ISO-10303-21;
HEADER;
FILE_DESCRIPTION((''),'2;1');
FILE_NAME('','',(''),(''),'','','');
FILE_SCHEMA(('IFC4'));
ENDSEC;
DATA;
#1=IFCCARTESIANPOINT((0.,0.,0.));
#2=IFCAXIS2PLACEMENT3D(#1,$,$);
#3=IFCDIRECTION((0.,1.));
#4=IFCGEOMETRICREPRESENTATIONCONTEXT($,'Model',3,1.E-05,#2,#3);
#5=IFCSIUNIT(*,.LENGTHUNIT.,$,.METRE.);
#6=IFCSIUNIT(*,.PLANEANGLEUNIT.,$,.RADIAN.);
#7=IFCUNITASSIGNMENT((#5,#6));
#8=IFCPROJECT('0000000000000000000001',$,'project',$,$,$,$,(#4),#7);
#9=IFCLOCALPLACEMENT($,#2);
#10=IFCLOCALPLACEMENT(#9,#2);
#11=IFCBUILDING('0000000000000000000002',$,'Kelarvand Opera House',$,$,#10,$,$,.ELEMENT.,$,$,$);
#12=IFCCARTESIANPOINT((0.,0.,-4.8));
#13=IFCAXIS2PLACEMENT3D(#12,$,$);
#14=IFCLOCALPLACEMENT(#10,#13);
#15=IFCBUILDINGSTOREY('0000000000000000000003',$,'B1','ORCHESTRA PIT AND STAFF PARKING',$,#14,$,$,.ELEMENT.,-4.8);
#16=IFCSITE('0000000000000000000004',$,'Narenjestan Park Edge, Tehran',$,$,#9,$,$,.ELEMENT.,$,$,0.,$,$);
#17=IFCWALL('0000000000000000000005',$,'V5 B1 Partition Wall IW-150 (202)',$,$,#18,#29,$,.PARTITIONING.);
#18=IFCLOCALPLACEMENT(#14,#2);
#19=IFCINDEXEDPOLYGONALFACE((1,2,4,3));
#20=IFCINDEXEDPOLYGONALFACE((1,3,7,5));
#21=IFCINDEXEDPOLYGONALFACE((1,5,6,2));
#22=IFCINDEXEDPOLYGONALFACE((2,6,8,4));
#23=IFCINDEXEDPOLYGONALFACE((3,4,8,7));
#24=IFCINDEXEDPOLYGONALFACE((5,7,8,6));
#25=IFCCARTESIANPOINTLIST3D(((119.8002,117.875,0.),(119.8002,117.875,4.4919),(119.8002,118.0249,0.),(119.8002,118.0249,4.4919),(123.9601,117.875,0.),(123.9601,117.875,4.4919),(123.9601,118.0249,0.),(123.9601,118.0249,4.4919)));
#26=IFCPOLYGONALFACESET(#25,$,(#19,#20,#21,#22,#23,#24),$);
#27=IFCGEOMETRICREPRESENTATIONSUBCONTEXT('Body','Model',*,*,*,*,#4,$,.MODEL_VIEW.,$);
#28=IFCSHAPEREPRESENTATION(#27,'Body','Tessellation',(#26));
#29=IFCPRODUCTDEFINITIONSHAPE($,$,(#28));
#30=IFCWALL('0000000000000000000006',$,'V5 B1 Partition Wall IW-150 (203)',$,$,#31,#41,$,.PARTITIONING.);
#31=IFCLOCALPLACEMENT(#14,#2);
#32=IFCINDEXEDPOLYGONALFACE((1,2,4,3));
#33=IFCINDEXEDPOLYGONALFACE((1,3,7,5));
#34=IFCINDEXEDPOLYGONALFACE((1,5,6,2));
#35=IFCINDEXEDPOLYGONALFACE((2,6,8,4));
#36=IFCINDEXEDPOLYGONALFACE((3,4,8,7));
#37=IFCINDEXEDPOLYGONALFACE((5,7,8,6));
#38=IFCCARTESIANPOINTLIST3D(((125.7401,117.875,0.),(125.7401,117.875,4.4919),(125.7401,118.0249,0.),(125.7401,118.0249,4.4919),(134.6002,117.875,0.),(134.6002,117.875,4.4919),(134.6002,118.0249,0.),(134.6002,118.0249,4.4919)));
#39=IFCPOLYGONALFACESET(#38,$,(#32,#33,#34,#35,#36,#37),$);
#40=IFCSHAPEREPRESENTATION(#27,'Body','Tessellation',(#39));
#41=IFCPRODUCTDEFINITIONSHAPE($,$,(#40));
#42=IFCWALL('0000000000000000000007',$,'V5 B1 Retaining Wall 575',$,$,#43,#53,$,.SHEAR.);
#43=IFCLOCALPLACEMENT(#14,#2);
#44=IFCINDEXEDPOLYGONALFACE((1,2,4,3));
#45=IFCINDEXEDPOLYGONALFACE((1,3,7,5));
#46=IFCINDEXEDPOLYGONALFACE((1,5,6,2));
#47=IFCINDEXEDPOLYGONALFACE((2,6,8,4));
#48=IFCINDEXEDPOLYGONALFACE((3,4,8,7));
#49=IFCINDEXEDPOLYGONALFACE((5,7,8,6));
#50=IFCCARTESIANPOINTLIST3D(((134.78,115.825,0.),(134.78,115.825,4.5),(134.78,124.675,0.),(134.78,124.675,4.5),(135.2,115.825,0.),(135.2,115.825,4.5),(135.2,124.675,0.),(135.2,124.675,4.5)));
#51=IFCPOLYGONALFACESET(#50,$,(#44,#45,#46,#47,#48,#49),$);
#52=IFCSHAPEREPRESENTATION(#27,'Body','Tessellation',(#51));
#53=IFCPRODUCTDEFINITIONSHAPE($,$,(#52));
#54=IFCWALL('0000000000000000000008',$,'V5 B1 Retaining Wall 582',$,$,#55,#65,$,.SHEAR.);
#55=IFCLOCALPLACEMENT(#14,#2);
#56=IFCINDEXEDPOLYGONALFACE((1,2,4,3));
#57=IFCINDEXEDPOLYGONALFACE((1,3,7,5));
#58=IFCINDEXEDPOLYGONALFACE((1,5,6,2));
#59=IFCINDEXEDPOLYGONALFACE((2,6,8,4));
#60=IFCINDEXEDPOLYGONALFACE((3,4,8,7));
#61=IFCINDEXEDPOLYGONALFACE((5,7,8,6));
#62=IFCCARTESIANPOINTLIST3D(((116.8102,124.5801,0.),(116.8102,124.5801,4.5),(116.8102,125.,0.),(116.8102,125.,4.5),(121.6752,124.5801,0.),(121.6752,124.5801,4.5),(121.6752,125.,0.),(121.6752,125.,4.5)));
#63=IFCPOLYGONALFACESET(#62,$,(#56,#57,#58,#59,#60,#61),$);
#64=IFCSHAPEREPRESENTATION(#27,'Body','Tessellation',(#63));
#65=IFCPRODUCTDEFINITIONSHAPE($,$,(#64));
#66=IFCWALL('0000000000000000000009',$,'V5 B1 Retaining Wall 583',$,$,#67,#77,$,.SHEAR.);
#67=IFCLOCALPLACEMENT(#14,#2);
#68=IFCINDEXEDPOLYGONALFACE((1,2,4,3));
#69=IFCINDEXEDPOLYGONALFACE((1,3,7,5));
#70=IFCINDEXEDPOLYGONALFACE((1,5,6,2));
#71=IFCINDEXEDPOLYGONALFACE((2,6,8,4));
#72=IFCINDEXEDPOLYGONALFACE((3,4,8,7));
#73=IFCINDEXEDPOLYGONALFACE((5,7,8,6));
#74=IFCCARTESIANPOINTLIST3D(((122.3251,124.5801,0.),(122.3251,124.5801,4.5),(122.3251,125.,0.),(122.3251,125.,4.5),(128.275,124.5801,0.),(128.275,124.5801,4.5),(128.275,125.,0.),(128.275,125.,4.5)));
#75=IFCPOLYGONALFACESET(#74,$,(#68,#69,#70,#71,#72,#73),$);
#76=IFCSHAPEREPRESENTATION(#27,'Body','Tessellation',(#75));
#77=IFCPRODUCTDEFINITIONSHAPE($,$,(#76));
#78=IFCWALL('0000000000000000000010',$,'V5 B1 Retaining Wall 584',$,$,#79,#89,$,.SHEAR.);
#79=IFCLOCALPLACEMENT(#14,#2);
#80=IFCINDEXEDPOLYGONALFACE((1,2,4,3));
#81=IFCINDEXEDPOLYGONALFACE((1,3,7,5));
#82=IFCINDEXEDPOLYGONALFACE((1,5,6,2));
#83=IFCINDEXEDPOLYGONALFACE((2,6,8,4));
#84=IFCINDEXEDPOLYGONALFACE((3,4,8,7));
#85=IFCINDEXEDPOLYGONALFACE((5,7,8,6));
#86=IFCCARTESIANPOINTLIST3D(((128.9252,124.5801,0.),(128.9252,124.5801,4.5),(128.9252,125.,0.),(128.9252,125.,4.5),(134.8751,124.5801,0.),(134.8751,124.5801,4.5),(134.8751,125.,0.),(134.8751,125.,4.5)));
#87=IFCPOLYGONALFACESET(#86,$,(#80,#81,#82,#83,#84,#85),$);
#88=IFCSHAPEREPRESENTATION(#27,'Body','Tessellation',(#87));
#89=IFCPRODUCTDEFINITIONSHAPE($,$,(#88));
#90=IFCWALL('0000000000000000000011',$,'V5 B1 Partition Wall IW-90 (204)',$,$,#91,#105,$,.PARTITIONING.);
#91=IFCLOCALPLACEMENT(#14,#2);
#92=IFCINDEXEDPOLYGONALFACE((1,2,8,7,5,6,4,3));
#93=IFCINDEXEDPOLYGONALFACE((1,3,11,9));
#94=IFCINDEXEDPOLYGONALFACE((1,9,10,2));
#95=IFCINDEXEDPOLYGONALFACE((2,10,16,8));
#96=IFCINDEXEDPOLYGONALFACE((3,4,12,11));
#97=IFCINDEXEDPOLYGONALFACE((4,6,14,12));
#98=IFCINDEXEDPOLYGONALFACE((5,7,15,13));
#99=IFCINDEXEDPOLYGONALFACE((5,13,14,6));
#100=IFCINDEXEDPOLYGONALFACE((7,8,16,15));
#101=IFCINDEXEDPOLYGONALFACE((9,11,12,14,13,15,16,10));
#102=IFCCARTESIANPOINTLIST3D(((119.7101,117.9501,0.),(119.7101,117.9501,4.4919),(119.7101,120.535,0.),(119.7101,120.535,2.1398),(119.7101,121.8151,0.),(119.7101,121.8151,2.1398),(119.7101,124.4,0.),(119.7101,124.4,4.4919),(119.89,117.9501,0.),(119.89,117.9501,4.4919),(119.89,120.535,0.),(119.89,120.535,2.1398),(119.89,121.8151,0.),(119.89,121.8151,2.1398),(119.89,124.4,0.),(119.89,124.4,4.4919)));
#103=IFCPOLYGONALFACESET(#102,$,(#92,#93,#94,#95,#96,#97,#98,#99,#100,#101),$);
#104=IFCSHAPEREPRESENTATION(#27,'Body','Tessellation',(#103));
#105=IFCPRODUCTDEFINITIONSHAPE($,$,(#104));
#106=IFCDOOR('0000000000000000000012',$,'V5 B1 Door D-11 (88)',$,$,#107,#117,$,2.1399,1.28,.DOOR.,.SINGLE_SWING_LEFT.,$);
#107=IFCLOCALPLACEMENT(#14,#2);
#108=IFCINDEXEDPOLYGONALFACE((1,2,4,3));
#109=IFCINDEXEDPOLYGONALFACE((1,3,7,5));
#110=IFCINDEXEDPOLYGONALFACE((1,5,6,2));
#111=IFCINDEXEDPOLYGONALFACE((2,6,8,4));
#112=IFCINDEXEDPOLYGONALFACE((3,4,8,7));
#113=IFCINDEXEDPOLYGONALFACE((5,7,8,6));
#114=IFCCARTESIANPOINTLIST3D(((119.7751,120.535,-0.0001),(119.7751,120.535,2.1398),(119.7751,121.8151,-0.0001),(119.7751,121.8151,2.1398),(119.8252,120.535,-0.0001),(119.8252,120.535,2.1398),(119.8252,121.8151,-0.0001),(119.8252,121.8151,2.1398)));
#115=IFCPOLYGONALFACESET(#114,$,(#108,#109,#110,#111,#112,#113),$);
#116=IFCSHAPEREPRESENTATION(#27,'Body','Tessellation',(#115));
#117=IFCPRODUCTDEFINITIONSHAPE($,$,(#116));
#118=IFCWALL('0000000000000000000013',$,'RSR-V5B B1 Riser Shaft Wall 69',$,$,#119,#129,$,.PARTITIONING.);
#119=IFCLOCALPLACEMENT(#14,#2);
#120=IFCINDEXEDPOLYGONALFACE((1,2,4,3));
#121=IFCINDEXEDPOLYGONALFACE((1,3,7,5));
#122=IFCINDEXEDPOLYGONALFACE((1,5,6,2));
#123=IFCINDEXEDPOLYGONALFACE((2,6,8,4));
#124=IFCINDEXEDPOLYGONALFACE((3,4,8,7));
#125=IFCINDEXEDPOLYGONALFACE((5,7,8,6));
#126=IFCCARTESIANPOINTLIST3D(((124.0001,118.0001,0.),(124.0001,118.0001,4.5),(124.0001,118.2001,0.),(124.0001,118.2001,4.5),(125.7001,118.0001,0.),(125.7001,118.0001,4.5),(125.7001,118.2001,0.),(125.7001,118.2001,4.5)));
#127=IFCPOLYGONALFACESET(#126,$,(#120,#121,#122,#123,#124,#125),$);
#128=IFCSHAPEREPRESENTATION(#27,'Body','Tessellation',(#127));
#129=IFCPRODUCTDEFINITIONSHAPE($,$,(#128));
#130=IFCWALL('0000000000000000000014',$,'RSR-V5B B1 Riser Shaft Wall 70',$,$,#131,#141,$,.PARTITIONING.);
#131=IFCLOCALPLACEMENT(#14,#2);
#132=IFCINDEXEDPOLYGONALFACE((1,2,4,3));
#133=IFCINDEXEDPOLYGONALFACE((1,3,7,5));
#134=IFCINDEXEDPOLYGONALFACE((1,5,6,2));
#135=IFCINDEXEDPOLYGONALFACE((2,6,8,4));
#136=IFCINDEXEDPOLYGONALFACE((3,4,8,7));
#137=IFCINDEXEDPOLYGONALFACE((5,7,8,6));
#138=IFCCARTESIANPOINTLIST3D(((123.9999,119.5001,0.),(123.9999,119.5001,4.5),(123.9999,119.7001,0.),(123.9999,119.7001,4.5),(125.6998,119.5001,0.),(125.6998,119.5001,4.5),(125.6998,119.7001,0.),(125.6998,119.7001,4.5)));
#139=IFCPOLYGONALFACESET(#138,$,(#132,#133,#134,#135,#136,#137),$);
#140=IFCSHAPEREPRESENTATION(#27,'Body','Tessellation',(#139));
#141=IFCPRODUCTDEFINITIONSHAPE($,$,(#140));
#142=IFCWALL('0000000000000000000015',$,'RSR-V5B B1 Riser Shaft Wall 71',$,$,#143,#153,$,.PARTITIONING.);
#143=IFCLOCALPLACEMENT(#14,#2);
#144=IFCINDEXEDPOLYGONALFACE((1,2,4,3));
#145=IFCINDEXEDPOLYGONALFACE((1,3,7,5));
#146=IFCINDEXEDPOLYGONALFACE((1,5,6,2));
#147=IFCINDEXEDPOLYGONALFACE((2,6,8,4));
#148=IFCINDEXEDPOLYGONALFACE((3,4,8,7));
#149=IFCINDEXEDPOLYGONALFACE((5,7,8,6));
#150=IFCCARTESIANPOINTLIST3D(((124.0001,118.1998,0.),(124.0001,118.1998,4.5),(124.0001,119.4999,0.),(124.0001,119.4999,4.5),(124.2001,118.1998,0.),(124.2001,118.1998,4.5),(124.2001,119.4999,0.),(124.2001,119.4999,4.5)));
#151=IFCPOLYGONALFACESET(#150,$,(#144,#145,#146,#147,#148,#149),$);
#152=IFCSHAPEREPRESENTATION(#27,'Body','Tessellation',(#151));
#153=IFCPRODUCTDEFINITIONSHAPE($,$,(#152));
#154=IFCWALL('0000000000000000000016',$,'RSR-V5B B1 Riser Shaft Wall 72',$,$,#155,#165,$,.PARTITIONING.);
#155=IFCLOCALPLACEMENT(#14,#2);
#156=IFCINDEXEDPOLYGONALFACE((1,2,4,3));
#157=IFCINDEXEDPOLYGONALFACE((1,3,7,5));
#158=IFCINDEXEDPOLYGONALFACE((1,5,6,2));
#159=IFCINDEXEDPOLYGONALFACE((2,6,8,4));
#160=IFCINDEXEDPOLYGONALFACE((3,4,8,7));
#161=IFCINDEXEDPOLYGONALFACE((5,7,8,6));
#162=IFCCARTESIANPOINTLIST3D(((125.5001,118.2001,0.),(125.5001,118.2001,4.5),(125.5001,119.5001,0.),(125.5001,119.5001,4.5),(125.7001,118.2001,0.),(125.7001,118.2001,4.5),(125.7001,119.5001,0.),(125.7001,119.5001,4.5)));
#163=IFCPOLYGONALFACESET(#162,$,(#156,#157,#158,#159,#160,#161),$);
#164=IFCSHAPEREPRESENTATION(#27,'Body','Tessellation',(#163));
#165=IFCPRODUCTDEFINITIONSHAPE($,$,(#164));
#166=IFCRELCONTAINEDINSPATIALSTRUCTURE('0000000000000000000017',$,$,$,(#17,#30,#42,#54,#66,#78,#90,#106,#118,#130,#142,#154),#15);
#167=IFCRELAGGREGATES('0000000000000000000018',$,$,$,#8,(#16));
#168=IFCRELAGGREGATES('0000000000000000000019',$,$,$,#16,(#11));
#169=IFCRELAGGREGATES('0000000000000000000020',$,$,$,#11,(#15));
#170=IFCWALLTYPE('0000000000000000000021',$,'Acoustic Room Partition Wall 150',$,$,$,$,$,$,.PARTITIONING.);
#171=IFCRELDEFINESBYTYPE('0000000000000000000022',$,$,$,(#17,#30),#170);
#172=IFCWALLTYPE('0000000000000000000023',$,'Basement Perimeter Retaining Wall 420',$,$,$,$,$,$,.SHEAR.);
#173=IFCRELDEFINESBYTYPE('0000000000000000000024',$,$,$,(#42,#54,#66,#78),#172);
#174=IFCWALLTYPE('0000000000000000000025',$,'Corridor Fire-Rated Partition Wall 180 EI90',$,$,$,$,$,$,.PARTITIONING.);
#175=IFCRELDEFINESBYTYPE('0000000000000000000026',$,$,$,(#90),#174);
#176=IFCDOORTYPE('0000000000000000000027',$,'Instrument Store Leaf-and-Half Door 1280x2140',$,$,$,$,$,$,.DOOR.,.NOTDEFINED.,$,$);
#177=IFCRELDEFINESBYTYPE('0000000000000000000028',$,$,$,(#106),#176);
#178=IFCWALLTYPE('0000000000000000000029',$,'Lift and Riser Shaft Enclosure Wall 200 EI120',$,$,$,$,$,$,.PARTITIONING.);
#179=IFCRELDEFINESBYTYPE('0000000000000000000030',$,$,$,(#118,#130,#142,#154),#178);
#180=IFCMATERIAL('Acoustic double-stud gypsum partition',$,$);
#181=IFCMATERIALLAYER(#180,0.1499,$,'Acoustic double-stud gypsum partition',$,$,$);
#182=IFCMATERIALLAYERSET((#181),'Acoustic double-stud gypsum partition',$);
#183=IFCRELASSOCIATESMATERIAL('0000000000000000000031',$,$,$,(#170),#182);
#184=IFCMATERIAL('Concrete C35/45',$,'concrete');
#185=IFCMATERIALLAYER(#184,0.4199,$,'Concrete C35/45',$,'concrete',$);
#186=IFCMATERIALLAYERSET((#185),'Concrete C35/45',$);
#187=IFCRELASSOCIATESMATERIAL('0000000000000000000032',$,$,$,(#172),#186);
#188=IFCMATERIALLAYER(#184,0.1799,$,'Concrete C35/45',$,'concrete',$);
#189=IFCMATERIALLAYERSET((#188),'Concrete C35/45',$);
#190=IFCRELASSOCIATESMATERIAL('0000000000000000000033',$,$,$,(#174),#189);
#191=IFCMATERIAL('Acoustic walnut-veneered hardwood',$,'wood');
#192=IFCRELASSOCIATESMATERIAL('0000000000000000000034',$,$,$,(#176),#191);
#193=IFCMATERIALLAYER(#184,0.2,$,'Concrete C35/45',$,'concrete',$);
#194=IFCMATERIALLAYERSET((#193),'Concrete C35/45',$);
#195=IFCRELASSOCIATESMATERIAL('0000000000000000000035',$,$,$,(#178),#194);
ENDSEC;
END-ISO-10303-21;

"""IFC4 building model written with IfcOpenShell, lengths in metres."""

from ifc_helpers import new_model, si_unit, direction, frame, frame_2d, origin, place, context, subcontext, project, spatial, rectangle, extrude, material, layer, layer_set, type_object, element, fill, save


model = new_model("IFC4")

# Units and contexts
model_context = context("Model", 3, precision=1e-05, world=origin(), true_north=direction((0.0, 1.0)))
body_context = subcontext(model_context, "Body", "Model", "MODEL_VIEW")
ifc_project = project(units=[si_unit("LENGTHUNIT", "METRE"), si_unit("PLANEANGLEUNIT", "RADIAN")], contexts=[model_context])

# Site, building, storey
site_placement = place(None, origin())
site = spatial("IfcSite", under=ifc_project, at=site_placement, Name="Narenjestan Park Edge, Tehran", CompositionType="ELEMENT", RefElevation=0.0)
building_placement = place(site_placement, origin())
building = spatial("IfcBuilding", under=site, at=building_placement, Name="Kelarvand Opera House", CompositionType="ELEMENT")
storey_placement = place(building_placement, frame((0.0, 0.0, -4.8)))
storey = spatial("IfcBuildingStorey", under=building, at=storey_placement, Name="B1", Description="ORCHESTRA PIT AND STAFF PARKING", CompositionType="ELEMENT", Elevation=-4.8)

# Walls
ifc_material_1 = material(Name="Acoustic double-stud gypsum partition")
ifc_layer_1 = layer(ifc_material_1, 0.1499, Name="Acoustic double-stud gypsum partition")
ifc_layer_set_1 = layer_set([ifc_layer_1], Name="Acoustic double-stud gypsum partition")
wall_type_1 = type_object("IfcWallType", Name="Acoustic Room Partition Wall 150", PredefinedType="PARTITIONING", material=ifc_layer_set_1)
wall_1_placement = place(storey_placement, frame((119.8, 117.95, 0.0), z_axis=(0.0, 0.0, 1.0), x_axis=(1.0, 0.0, 0.0)))
element("IfcWall", 1, at=wall_1_placement, inside=storey, type_object=wall_type_1, Name="V5 B1 Partition Wall IW-150 (202)", PredefinedType="PARTITIONING", context=body_context, shape_type="SweptSolid", body=[
    extrude(rectangle(XDim=4.1599, YDim=0.1499, at=frame_2d((2.0801, 0.0))), origin(), (0.0, 0.0, 1.0), 4.4919),
])
wall_2_placement = place(storey_placement, frame((125.74, 117.95, 0.0), z_axis=(0.0, 0.0, 1.0), x_axis=(1.0, 0.0, 0.0)))
element("IfcWall", 2, at=wall_2_placement, inside=storey, type_object=wall_type_1, Name="V5 B1 Partition Wall IW-150 (203)", PredefinedType="PARTITIONING", context=body_context, shape_type="SweptSolid", body=[
    extrude(rectangle(XDim=8.8601, YDim=0.1499, at=frame_2d((4.4302, 0.0))), origin(), (0.0, 0.0, 1.0), 4.4919),
])
ifc_material_2 = material(Name="Concrete C35/45", Category="concrete")
ifc_layer_2 = layer(ifc_material_2, 0.4199, Name="Concrete C35/45", Category="concrete")
ifc_layer_set_2 = layer_set([ifc_layer_2], Name="Concrete C35/45")
wall_type_2 = type_object("IfcWallType", Name="Basement Perimeter Retaining Wall 420", PredefinedType="SHEAR", material=ifc_layer_set_2)
wall_3_placement = place(storey_placement, frame((134.99, 124.675, 0.0), z_axis=(0.0, 0.0, 1.0), x_axis=(0.0, -1.0, 0.0)))
element("IfcWall", 3, at=wall_3_placement, inside=storey, type_object=wall_type_2, Name="V5 B1 Retaining Wall 575", PredefinedType="SHEAR", context=body_context, shape_type="SweptSolid", body=[
    extrude(rectangle(XDim=8.8501, YDim=0.4199, at=frame_2d((4.425, 0.0))), origin(), (0.0, 0.0, 1.0), 4.5),
])
wall_4_placement = place(storey_placement, frame((116.8101, 124.79, 0.0), z_axis=(0.0, 0.0, 1.0), x_axis=(1.0, 0.0, 0.0)))
element("IfcWall", 4, at=wall_4_placement, inside=storey, type_object=wall_type_2, Name="V5 B1 Retaining Wall 582", PredefinedType="SHEAR", context=body_context, shape_type="SweptSolid", body=[
    extrude(rectangle(XDim=4.865, YDim=0.4199, at=frame_2d((2.4326, 0.0))), origin(), (0.0, 0.0, 1.0), 4.5),
])
for number, where, z_axis, x_axis, name in (
    (5, (122.325, 124.79, 0.0), (0.0, 0.0, 1.0), (1.0, 0.0, 0.0), "V5 B1 Retaining Wall 583"),
    (6, (128.925, 124.79, 0.0), (0.0, 0.0, 1.0), (1.0, 0.0, 0.0), "V5 B1 Retaining Wall 584"),
):
    element("IfcWall", number, at=place(storey_placement, frame(where, z_axis=z_axis, x_axis=x_axis)), inside=storey, type_object=wall_type_2, Name=name, PredefinedType="SHEAR", context=body_context, shape_type="SweptSolid", body=[
        extrude(rectangle(XDim=5.95, YDim=0.4199, at=frame_2d((2.9751, 0.0))), origin(), (0.0, 0.0, 1.0), 4.5),
    ])

# Wall, opening, door
ifc_layer_3 = layer(ifc_material_2, 0.1799, Name="Concrete C35/45", Category="concrete")
ifc_layer_set_3 = layer_set([ifc_layer_3], Name="Concrete C35/45")
wall_type_3 = type_object("IfcWallType", Name="Corridor Fire-Rated Partition Wall 180 EI90", PredefinedType="PARTITIONING", material=ifc_layer_set_3)
wall_5_placement = place(storey_placement, frame((119.8, 117.95, 0.0), z_axis=(0.0, 0.0, 1.0), x_axis=(0.0, 1.0, 0.0)))
wall_5 = element("IfcWall", 7, at=wall_5_placement, inside=storey, type_object=wall_type_3, Name="V5 B1 Partition Wall IW-90 (204)", PredefinedType="PARTITIONING", context=body_context, shape_type="SweptSolid", body=[
    extrude(rectangle(XDim=6.45, YDim=0.1799, at=frame_2d((3.2251, 0.0))), origin(), (0.0, 0.0, 1.0), 4.4919),
])
opening_placement = place(wall_5_placement, frame((2.585, 0.0, 0.0)))
opening = element("IfcOpeningElement", 8, at=opening_placement, cuts=wall_5, PredefinedType="OPENING", context=body_context, shape_type="SweptSolid", body=[
    extrude(rectangle(XDim=1.28, YDim=2.1399, at=frame_2d((0.6401, 1.0698))), frame((0.0, 0.1001, 0.0), z_axis=(0.0, -1.0, 0.0), x_axis=(1.0, 0.0, 0.0)), (0.0, 0.0, 1.0), 0.2),
])
ifc_material_3 = material(Name="Acoustic walnut-veneered hardwood", Category="wood")
door_type = type_object("IfcDoorType", Name="Instrument Store Leaf-and-Half Door 1280x2140", OperationType="NOTDEFINED", PredefinedType="DOOR", material=ifc_material_3)
door_placement = place(opening_placement, origin())
door = element("IfcDoor", 9, at=door_placement, inside=storey, type_object=door_type, Name="V5 B1 Door D-11 (88)", OperationType="SINGLE_SWING_LEFT", OverallHeight=2.1399, OverallWidth=1.28, PredefinedType="DOOR", context=body_context, shape_type="SweptSolid", body=[
    extrude(rectangle(XDim=1.28, YDim=2.1399, at=frame_2d((0.6401, 1.0698))), frame((0.0, 0.0249, 0.0), z_axis=(0.0, -1.0, 0.0), x_axis=(1.0, 0.0, 0.0)), (0.0, 0.0, 1.0), 0.05),
])
fill(opening, door)

# Walls
ifc_layer_4 = layer(ifc_material_2, 0.2, Name="Concrete C35/45", Category="concrete")
ifc_layer_set_4 = layer_set([ifc_layer_4], Name="Concrete C35/45")
wall_type_4 = type_object("IfcWallType", Name="Lift and Riser Shaft Enclosure Wall 200 EI120", PredefinedType="PARTITIONING", material=ifc_layer_set_4)
for number, where, z_axis, x_axis, name in (
    (10, (124.0, 118.1001, 0.0), (0.0, 0.0, 1.0), (1.0, 0.0, 0.0), "RSR-V5B B1 Riser Shaft Wall 69"),
    (11, (125.7, 119.6001, 0.0), (0.0, 0.0, 1.0), (-1.0, 0.0, 0.0), "RSR-V5B B1 Riser Shaft Wall 70"),
):
    element("IfcWall", number, at=place(storey_placement, frame(where, z_axis=z_axis, x_axis=x_axis)), inside=storey, type_object=wall_type_4, Name=name, PredefinedType="PARTITIONING", context=body_context, shape_type="SweptSolid", body=[
        extrude(rectangle(XDim=1.7, YDim=0.2, at=frame_2d((0.8501, 0.0))), origin(), (0.0, 0.0, 1.0), 4.5),
    ])
for number, where, z_axis, x_axis, name in (
    (12, (124.1001, 118.2, 0.0), (0.0, 0.0, 1.0), (0.0, 1.0, 0.0), "RSR-V5B B1 Riser Shaft Wall 71"),
    (13, (125.6001, 119.5, 0.0), (0.0, 0.0, 1.0), (0.0, -1.0, 0.0), "RSR-V5B B1 Riser Shaft Wall 72"),
):
    element("IfcWall", number, at=place(storey_placement, frame(where, z_axis=z_axis, x_axis=x_axis)), inside=storey, type_object=wall_type_4, Name=name, PredefinedType="PARTITIONING", context=body_context, shape_type="SweptSolid", body=[
        extrude(rectangle(XDim=1.3, YDim=0.2, at=frame_2d((0.6499, 0.0))), origin(), (0.0, 0.0, 1.0), 4.5),
    ])

save(model, "model.ifc")
